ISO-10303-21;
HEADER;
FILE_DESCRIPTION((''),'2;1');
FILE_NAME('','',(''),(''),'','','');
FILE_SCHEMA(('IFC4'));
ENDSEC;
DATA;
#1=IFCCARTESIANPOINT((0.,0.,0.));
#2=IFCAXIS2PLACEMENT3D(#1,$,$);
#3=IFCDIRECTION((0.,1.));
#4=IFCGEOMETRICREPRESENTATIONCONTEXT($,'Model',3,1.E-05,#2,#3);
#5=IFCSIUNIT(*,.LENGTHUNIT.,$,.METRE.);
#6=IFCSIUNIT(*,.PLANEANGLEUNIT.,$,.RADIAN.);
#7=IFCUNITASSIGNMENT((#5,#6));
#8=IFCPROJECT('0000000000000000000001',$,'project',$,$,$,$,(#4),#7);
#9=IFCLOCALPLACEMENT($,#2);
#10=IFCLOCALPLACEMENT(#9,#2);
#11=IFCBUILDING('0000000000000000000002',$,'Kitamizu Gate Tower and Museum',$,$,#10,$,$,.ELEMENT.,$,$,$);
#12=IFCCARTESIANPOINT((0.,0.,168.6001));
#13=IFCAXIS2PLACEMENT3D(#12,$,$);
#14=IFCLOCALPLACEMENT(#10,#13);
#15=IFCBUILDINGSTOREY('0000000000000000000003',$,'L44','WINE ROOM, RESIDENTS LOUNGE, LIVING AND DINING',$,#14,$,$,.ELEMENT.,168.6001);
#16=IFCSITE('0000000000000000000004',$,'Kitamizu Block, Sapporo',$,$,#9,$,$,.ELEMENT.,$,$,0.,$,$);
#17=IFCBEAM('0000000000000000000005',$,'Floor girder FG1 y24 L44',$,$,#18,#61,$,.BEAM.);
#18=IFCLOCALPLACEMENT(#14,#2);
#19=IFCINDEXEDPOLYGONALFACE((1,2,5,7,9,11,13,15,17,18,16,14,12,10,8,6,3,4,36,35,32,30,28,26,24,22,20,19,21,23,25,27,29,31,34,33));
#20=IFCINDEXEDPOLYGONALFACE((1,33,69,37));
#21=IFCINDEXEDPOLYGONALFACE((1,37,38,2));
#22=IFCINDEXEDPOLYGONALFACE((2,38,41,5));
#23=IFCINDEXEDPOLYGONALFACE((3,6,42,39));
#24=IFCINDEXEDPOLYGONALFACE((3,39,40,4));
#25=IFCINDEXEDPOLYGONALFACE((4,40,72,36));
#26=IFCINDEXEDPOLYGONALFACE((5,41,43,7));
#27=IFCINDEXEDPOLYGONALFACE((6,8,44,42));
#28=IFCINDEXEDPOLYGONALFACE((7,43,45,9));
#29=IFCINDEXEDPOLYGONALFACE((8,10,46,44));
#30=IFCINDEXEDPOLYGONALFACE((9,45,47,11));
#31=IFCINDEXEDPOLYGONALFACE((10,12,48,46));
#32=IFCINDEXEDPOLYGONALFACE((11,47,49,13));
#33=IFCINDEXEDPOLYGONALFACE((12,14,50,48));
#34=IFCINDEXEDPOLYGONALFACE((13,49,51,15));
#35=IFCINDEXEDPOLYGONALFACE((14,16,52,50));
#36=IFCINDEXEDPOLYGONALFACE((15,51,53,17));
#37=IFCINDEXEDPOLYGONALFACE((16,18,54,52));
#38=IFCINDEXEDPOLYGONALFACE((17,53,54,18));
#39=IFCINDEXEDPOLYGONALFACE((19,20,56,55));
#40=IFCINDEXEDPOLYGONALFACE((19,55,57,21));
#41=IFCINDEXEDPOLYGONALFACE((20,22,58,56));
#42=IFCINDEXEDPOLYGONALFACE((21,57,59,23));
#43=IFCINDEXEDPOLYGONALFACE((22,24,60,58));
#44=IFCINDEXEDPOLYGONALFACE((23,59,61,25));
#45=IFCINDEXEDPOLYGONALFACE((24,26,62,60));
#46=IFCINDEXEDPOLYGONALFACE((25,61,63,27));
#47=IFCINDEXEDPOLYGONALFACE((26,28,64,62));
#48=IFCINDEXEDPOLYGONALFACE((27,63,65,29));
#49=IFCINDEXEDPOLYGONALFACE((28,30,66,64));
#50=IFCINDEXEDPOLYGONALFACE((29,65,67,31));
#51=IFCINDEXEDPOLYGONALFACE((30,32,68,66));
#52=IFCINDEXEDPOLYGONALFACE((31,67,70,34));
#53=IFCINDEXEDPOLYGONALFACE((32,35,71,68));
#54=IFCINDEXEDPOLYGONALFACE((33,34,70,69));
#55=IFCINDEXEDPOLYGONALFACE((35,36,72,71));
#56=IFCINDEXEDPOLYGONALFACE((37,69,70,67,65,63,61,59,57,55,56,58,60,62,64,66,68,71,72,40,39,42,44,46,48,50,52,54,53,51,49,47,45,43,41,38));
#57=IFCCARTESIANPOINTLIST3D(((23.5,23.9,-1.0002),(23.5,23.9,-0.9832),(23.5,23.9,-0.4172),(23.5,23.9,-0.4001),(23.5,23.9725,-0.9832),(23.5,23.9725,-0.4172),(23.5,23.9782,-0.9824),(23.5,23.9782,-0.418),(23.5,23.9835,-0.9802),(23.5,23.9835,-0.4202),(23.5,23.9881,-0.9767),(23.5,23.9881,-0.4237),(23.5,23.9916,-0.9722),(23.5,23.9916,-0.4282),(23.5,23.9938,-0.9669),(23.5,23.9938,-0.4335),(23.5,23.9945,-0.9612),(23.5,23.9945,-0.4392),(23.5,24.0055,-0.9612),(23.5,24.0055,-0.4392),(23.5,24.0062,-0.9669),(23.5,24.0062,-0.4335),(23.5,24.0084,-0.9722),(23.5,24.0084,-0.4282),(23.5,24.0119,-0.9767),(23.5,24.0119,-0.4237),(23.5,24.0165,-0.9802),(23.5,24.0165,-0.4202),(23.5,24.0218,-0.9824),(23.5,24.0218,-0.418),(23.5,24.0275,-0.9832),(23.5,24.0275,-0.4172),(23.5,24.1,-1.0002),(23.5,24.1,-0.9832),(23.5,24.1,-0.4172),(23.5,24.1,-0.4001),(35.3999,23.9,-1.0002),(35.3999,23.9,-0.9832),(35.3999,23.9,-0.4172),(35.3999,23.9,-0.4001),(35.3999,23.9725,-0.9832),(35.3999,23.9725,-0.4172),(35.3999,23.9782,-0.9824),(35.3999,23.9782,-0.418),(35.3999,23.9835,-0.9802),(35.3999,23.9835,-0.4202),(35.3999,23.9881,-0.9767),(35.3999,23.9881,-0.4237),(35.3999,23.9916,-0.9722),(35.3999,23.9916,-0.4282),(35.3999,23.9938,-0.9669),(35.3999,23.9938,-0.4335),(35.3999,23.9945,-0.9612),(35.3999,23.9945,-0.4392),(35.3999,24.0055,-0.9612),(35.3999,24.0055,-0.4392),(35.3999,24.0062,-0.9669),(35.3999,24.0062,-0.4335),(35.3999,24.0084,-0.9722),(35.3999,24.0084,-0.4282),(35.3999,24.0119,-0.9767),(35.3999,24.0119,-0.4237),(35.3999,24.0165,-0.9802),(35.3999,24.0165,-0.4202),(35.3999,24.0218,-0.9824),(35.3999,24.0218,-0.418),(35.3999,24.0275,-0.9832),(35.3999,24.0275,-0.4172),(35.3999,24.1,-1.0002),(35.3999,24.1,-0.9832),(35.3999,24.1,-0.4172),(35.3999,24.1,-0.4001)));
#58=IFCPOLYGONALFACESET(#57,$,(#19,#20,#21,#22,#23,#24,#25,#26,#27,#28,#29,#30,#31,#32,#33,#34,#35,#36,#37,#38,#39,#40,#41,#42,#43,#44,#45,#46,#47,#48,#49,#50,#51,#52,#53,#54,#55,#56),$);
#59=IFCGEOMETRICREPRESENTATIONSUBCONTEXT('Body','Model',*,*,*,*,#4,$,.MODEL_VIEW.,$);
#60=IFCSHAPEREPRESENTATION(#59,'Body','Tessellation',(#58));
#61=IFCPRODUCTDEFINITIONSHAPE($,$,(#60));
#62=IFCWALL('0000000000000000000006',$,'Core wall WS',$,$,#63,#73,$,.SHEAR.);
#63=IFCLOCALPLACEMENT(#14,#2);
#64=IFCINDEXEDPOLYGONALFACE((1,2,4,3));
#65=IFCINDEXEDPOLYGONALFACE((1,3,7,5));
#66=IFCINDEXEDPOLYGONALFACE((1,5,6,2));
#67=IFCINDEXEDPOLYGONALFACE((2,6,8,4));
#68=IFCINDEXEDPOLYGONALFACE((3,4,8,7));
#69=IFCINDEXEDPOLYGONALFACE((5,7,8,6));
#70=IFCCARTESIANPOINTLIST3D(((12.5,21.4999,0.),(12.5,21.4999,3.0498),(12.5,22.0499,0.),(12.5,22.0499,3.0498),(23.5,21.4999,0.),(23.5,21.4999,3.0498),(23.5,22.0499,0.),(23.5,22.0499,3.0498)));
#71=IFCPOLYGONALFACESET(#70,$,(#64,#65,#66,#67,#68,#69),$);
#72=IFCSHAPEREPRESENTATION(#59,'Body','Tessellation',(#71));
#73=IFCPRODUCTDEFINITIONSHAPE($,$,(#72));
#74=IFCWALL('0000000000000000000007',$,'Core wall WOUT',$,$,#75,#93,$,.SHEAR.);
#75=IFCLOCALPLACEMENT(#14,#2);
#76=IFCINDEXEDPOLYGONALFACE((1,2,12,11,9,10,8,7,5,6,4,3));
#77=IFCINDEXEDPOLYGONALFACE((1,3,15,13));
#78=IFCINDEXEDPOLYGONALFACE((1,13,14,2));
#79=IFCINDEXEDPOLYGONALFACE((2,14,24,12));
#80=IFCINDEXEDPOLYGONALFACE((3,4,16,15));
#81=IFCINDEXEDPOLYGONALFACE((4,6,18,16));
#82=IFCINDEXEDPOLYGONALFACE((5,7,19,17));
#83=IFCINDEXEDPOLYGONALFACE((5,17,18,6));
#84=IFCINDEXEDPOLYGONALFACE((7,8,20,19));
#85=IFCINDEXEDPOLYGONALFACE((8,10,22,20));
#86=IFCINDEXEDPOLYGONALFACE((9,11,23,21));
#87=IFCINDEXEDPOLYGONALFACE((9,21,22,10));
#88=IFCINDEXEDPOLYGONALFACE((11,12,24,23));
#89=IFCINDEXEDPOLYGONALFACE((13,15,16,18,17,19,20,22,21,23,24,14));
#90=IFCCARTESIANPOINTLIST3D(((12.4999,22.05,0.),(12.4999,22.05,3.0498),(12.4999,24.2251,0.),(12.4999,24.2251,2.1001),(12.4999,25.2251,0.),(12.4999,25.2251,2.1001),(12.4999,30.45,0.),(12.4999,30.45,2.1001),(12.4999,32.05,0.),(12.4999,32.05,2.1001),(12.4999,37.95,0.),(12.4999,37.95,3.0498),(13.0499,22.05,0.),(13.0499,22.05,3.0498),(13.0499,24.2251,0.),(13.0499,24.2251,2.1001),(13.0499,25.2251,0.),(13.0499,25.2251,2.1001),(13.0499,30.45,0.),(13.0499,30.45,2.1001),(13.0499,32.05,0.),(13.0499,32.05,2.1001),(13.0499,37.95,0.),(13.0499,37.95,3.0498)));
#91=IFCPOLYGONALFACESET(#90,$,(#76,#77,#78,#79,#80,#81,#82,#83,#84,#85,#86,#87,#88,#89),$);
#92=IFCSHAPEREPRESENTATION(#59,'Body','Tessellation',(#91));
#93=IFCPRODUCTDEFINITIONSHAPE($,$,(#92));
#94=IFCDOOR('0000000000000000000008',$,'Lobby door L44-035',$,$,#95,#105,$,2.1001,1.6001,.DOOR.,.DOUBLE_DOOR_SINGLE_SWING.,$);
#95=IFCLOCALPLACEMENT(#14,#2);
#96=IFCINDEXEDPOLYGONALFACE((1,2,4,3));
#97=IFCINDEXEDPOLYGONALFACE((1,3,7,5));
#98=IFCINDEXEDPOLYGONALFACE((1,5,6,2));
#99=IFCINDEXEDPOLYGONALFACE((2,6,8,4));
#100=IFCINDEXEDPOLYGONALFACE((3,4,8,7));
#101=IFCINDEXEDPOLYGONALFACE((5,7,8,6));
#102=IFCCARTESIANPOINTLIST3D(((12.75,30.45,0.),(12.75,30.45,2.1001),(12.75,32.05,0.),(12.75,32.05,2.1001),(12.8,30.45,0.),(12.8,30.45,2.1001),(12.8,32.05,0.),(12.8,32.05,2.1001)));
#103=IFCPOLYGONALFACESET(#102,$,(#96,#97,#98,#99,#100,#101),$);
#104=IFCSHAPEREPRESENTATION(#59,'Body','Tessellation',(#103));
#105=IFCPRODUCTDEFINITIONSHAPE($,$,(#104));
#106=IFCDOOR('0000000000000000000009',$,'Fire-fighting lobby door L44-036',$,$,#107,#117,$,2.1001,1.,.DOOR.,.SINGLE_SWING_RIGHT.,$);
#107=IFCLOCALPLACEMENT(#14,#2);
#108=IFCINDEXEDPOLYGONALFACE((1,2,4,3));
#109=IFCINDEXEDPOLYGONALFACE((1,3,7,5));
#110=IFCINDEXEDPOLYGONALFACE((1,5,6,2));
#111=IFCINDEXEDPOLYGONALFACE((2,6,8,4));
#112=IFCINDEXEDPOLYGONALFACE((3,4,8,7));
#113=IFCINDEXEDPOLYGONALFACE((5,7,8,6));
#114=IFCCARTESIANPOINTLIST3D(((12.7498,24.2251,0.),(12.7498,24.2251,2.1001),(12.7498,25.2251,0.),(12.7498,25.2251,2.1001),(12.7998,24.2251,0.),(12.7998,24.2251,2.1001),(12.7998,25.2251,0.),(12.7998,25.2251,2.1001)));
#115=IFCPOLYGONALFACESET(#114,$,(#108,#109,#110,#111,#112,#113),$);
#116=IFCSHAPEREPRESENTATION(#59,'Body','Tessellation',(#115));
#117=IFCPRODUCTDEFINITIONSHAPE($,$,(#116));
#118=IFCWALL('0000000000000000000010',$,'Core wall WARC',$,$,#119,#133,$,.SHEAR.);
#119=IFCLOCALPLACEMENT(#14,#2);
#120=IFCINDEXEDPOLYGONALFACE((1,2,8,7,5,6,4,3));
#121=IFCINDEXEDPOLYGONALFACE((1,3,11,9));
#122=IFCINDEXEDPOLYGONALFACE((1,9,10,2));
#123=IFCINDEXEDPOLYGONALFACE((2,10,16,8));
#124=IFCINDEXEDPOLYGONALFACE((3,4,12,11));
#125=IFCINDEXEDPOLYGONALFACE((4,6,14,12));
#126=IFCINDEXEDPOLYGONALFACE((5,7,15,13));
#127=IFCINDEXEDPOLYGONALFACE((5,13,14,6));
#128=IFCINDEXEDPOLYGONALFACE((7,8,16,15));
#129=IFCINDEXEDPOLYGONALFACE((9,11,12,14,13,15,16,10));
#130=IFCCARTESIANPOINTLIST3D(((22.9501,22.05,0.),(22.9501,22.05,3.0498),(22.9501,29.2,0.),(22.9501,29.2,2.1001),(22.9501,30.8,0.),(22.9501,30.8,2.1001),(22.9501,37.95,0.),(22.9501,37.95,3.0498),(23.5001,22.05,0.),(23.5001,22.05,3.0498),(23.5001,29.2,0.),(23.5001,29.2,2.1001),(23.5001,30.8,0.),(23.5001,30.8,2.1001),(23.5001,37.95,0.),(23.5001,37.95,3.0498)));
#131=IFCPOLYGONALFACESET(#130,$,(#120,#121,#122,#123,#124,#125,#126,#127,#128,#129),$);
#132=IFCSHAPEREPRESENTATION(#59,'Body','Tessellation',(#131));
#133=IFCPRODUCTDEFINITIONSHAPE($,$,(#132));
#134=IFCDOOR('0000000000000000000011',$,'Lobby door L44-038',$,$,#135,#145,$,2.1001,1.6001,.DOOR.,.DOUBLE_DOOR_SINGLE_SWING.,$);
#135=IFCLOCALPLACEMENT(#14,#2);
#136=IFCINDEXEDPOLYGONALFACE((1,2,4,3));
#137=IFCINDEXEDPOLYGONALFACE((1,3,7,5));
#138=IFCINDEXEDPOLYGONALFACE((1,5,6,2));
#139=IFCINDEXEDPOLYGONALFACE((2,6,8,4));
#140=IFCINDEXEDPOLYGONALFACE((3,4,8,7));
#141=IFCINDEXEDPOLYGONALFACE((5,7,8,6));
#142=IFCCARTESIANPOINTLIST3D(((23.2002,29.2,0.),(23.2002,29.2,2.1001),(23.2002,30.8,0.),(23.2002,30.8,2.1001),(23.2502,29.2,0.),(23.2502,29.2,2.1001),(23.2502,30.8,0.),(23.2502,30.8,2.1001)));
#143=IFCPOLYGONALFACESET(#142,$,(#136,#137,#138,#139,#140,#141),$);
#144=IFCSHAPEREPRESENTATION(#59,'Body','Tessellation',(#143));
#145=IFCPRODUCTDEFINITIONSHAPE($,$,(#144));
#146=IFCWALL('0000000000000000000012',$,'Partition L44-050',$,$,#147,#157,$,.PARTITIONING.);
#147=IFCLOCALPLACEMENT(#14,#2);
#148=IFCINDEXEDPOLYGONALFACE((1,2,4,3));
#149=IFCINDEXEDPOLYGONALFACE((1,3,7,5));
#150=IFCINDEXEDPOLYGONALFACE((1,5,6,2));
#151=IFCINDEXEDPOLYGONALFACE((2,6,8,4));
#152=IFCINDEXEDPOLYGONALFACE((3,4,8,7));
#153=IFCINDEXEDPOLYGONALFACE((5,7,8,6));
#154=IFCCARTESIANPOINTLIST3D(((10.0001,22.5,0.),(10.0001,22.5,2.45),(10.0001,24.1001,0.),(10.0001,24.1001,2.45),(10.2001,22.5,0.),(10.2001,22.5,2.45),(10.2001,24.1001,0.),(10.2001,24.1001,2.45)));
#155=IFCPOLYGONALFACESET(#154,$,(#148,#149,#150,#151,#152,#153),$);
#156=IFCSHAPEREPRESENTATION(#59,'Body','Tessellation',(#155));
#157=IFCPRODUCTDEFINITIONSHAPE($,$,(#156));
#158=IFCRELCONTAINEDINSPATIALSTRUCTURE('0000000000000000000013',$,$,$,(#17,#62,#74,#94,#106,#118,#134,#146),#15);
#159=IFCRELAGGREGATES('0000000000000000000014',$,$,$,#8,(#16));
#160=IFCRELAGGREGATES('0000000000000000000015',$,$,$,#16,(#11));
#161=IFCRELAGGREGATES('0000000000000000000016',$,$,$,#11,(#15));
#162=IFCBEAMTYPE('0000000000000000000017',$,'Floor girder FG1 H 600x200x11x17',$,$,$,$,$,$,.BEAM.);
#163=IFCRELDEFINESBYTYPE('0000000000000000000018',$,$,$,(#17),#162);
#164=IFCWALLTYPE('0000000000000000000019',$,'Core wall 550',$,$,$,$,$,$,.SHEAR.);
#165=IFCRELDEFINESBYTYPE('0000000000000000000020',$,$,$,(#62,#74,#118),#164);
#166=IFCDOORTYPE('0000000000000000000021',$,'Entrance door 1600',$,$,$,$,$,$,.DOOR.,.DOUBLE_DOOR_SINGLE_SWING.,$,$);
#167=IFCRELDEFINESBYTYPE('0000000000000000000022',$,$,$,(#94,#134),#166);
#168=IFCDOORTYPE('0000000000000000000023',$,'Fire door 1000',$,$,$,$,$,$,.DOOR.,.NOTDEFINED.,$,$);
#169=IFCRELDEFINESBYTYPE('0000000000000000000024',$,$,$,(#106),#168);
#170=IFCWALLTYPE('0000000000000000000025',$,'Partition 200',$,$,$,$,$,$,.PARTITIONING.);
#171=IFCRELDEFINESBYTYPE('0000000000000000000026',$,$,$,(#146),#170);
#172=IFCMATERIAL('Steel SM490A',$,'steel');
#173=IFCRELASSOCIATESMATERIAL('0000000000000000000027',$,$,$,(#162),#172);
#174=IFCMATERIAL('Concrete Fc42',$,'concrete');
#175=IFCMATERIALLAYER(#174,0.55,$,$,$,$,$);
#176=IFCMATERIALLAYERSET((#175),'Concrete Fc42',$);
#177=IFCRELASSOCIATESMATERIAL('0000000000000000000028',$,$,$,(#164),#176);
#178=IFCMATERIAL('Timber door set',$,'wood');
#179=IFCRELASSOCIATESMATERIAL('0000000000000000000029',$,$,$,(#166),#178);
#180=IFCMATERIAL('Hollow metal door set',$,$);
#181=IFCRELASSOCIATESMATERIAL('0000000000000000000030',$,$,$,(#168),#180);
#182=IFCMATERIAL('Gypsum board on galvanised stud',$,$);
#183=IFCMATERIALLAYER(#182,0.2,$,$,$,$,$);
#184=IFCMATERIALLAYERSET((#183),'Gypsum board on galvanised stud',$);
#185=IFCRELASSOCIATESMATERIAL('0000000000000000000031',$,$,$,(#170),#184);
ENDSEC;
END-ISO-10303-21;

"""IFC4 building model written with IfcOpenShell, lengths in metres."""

from ifc_helpers import new_model, si_unit, direction, frame, frame_2d, origin, origin_2d, place, context, subcontext, project, spatial, rectangle, i_section, extrude, material, layer, layer_set, material_profile, profile_set, type_object, element, fill, save


model = new_model("IFC4")

# Units and contexts
model_context = context("Model", 3, precision=1e-05, world=origin(), true_north=direction((0.0, 1.0)))
body_context = subcontext(model_context, "Body", "Model", "MODEL_VIEW")
ifc_project = project(units=[si_unit("LENGTHUNIT", "METRE"), si_unit("PLANEANGLEUNIT", "RADIAN")], contexts=[model_context])

# Site, building, storey
site_placement = place(None, origin())
site = spatial("IfcSite", under=ifc_project, at=site_placement, Name="Kitamizu Block, Sapporo", CompositionType="ELEMENT", RefElevation=0.0)
building_placement = place(site_placement, origin())
building = spatial("IfcBuilding", under=site, at=building_placement, Name="Kitamizu Gate Tower and Museum", CompositionType="ELEMENT")
storey_placement = place(building_placement, frame((0.0, 0.0, 168.6001)))
storey = spatial("IfcBuildingStorey", under=building, at=storey_placement, Name="L44", Description="WINE ROOM, RESIDENTS LOUNGE, LIVING AND DINING", CompositionType="ELEMENT", Elevation=168.6001)

# Beam
ifc_material_1 = material(Name="Steel SM490A", Category="steel")
ifc_material_profile = material_profile(ifc_material_1, i_section(OverallWidth=0.2, OverallDepth=0.6001, WebThickness=0.011, FlangeThickness=0.0171, FilletRadius=0.022, at=origin_2d()), Name="H-600x200x11x17")
ifc_profile_set = profile_set([ifc_material_profile], Name="Steel SM490A")
beam_type = type_object("IfcBeamType", Name="Floor girder FG1 H 600x200x11x17", PredefinedType="BEAM", material=ifc_profile_set)
beam_placement = place(storey_placement, frame((23.5, 24.0, -0.7002), z_axis=(1.0, 0.0, 0.0), x_axis=(0.0, 1.0, 0.0)))
element("IfcBeam", 1, at=beam_placement, inside=storey, type_object=beam_type, Name="Floor girder FG1 y24 L44", PredefinedType="BEAM", context=body_context, shape_type="SweptSolid", body=[
    extrude(i_section(OverallWidth=0.2, OverallDepth=0.6001, WebThickness=0.011, FlangeThickness=0.0171, FilletRadius=0.022, at=origin_2d()), origin(), (0.0, 0.0, 1.0), 11.8999),
])

# Wall
ifc_material_2 = material(Name="Concrete Fc42", Category="concrete")
ifc_layer_1 = layer(ifc_material_2, 0.55)
ifc_layer_set_1 = layer_set([ifc_layer_1], Name="Concrete Fc42")
wall_type_1 = type_object("IfcWallType", Name="Core wall 550", PredefinedType="SHEAR", material=ifc_layer_set_1)
wall_1_placement = place(storey_placement, frame((12.5, 21.7749, 0.0), z_axis=(0.0, 0.0, 1.0), x_axis=(1.0, 0.0, 0.0)))
element("IfcWall", 2, at=wall_1_placement, inside=storey, type_object=wall_type_1, Name="Core wall WS", PredefinedType="SHEAR", context=body_context, shape_type="SweptSolid", body=[
    extrude(rectangle(XDim=11.0, YDim=0.55, at=frame_2d((5.5, 0.0))), origin(), (0.0, 0.0, 1.0), 3.0498),
])

# Wall, openings, doors
wall_2_placement = place(storey_placement, frame((12.7749, 22.05, 0.0), z_axis=(0.0, 0.0, 1.0), x_axis=(0.0, 1.0, 0.0)))
wall_2 = element("IfcWall", 3, at=wall_2_placement, inside=storey, type_object=wall_type_1, Name="Core wall WOUT", PredefinedType="SHEAR", context=body_context, shape_type="SweptSolid", body=[
    extrude(rectangle(XDim=15.8999, YDim=0.55, at=frame_2d((7.95, 0.0))), origin(), (0.0, 0.0, 1.0), 3.0498),
])
opening_1_placement = place(wall_2_placement, frame((8.3999, 0.0, 0.0)))
opening_1 = element("IfcOpeningElement", 4, at=opening_1_placement, cuts=wall_2, PredefinedType="OPENING", context=body_context, shape_type="SweptSolid", body=[
    extrude(rectangle(XDim=1.6001, YDim=2.1001, at=frame_2d((0.8, 1.05))), frame((0.0, 0.2852, 0.0), z_axis=(0.0, -1.0, 0.0), x_axis=(1.0, 0.0, 0.0)), (0.0, 0.0, 1.0), 0.5701),
])
opening_2_placement = place(wall_2_placement, frame((2.175, 0.0, 0.0)))
opening_2 = element("IfcOpeningElement", 5, at=opening_2_placement, cuts=wall_2, PredefinedType="OPENING", context=body_context, shape_type="SweptSolid", body=[
    extrude(rectangle(XDim=1.0, YDim=2.1001, at=frame_2d((0.5, 1.05))), frame((0.0, 0.2852, 0.0), z_axis=(0.0, -1.0, 0.0), x_axis=(1.0, 0.0, 0.0)), (0.0, 0.0, 1.0), 0.5701),
])
ifc_material_3 = material(Name="Timber door set", Category="wood")
door_type_1 = type_object("IfcDoorType", Name="Entrance door 1600", OperationType="DOUBLE_DOOR_SINGLE_SWING", PredefinedType="DOOR", material=ifc_material_3)
door_1_placement = place(opening_1_placement, origin())
door_1 = element("IfcDoor", 6, at=door_1_placement, inside=storey, type_object=door_type_1, Name="Lobby door L44-035", OperationType="DOUBLE_DOOR_SINGLE_SWING", OverallHeight=2.1001, OverallWidth=1.6001, PredefinedType="DOOR", context=body_context, shape_type="SweptSolid", body=[
    extrude(rectangle(XDim=1.6001, YDim=2.1001, at=frame_2d((0.8, 1.05))), frame((0.0, 0.0249, 0.0), z_axis=(0.0, -1.0, 0.0), x_axis=(1.0, 0.0, 0.0)), (0.0, 0.0, 1.0), 0.05),
])
fill(opening_1, door_1)
ifc_material_4 = material(Name="Hollow metal door set")
door_type_2 = type_object("IfcDoorType", Name="Fire door 1000", OperationType="NOTDEFINED", PredefinedType="DOOR", material=ifc_material_4)
door_2_placement = place(opening_2_placement, frame((1.0, 0.0, 0.0), x_axis=(-1.0, 0.0, 0.0)))
door_2 = element("IfcDoor", 7, at=door_2_placement, inside=storey, type_object=door_type_2, Name="Fire-fighting lobby door L44-036", OperationType="SINGLE_SWING_RIGHT", OverallHeight=2.1001, OverallWidth=1.0, PredefinedType="DOOR", context=body_context, shape_type="SweptSolid", body=[
    extrude(rectangle(XDim=1.0, YDim=2.1001, at=frame_2d((0.5, 1.05))), frame((0.0, 0.0249, 0.0), z_axis=(0.0, -1.0, 0.0), x_axis=(1.0, 0.0, 0.0)), (0.0, 0.0, 1.0), 0.05),
])
fill(opening_2, door_2)

# Wall, opening, door
wall_3_placement = place(storey_placement, frame((23.2251, 22.05, 0.0), z_axis=(0.0, 0.0, 1.0), x_axis=(0.0, 1.0, 0.0)))
wall_3 = element("IfcWall", 8, at=wall_3_placement, inside=storey, type_object=wall_type_1, Name="Core wall WARC", PredefinedType="SHEAR", context=body_context, shape_type="SweptSolid", body=[
    extrude(rectangle(XDim=15.8999, YDim=0.55, at=frame_2d((7.95, 0.0))), origin(), (0.0, 0.0, 1.0), 3.0498),
])
opening_3_placement = place(wall_3_placement, frame((7.1499, 0.0, 0.0)))
opening_3 = element("IfcOpeningElement", 9, at=opening_3_placement, cuts=wall_3, PredefinedType="OPENING", context=body_context, shape_type="SweptSolid", body=[
    extrude(rectangle(XDim=1.6001, YDim=2.1001, at=frame_2d((0.8, 1.05))), frame((0.0, 0.2852, 0.0), z_axis=(0.0, -1.0, 0.0), x_axis=(1.0, 0.0, 0.0)), (0.0, 0.0, 1.0), 0.5701),
])
door_3_placement = place(opening_3_placement, origin())
door_3 = element("IfcDoor", 10, at=door_3_placement, inside=storey, type_object=door_type_1, Name="Lobby door L44-038", OperationType="DOUBLE_DOOR_SINGLE_SWING", OverallHeight=2.1001, OverallWidth=1.6001, PredefinedType="DOOR", context=body_context, shape_type="SweptSolid", body=[
    extrude(rectangle(XDim=1.6001, YDim=2.1001, at=frame_2d((0.8, 1.05))), frame((0.0, 0.0249, 0.0), z_axis=(0.0, -1.0, 0.0), x_axis=(1.0, 0.0, 0.0)), (0.0, 0.0, 1.0), 0.05),
])
fill(opening_3, door_3)

# Wall
ifc_material_5 = material(Name="Gypsum board on galvanised stud")
ifc_layer_2 = layer(ifc_material_5, 0.2)
ifc_layer_set_2 = layer_set([ifc_layer_2], Name="Gypsum board on galvanised stud")
wall_type_2 = type_object("IfcWallType", Name="Partition 200", PredefinedType="PARTITIONING", material=ifc_layer_set_2)
wall_4_placement = place(storey_placement, frame((10.1001, 22.5, 0.0), z_axis=(0.0, 0.0, 1.0), x_axis=(0.0, 1.0, 0.0)))
element("IfcWall", 11, at=wall_4_placement, inside=storey, type_object=wall_type_2, Name="Partition L44-050", PredefinedType="PARTITIONING", context=body_context, shape_type="SweptSolid", body=[
    extrude(rectangle(XDim=1.6001, YDim=0.2, at=frame_2d((0.8, 0.0))), origin(), (0.0, 0.0, 1.0), 2.45),
])

save(model, "model.ifc")
